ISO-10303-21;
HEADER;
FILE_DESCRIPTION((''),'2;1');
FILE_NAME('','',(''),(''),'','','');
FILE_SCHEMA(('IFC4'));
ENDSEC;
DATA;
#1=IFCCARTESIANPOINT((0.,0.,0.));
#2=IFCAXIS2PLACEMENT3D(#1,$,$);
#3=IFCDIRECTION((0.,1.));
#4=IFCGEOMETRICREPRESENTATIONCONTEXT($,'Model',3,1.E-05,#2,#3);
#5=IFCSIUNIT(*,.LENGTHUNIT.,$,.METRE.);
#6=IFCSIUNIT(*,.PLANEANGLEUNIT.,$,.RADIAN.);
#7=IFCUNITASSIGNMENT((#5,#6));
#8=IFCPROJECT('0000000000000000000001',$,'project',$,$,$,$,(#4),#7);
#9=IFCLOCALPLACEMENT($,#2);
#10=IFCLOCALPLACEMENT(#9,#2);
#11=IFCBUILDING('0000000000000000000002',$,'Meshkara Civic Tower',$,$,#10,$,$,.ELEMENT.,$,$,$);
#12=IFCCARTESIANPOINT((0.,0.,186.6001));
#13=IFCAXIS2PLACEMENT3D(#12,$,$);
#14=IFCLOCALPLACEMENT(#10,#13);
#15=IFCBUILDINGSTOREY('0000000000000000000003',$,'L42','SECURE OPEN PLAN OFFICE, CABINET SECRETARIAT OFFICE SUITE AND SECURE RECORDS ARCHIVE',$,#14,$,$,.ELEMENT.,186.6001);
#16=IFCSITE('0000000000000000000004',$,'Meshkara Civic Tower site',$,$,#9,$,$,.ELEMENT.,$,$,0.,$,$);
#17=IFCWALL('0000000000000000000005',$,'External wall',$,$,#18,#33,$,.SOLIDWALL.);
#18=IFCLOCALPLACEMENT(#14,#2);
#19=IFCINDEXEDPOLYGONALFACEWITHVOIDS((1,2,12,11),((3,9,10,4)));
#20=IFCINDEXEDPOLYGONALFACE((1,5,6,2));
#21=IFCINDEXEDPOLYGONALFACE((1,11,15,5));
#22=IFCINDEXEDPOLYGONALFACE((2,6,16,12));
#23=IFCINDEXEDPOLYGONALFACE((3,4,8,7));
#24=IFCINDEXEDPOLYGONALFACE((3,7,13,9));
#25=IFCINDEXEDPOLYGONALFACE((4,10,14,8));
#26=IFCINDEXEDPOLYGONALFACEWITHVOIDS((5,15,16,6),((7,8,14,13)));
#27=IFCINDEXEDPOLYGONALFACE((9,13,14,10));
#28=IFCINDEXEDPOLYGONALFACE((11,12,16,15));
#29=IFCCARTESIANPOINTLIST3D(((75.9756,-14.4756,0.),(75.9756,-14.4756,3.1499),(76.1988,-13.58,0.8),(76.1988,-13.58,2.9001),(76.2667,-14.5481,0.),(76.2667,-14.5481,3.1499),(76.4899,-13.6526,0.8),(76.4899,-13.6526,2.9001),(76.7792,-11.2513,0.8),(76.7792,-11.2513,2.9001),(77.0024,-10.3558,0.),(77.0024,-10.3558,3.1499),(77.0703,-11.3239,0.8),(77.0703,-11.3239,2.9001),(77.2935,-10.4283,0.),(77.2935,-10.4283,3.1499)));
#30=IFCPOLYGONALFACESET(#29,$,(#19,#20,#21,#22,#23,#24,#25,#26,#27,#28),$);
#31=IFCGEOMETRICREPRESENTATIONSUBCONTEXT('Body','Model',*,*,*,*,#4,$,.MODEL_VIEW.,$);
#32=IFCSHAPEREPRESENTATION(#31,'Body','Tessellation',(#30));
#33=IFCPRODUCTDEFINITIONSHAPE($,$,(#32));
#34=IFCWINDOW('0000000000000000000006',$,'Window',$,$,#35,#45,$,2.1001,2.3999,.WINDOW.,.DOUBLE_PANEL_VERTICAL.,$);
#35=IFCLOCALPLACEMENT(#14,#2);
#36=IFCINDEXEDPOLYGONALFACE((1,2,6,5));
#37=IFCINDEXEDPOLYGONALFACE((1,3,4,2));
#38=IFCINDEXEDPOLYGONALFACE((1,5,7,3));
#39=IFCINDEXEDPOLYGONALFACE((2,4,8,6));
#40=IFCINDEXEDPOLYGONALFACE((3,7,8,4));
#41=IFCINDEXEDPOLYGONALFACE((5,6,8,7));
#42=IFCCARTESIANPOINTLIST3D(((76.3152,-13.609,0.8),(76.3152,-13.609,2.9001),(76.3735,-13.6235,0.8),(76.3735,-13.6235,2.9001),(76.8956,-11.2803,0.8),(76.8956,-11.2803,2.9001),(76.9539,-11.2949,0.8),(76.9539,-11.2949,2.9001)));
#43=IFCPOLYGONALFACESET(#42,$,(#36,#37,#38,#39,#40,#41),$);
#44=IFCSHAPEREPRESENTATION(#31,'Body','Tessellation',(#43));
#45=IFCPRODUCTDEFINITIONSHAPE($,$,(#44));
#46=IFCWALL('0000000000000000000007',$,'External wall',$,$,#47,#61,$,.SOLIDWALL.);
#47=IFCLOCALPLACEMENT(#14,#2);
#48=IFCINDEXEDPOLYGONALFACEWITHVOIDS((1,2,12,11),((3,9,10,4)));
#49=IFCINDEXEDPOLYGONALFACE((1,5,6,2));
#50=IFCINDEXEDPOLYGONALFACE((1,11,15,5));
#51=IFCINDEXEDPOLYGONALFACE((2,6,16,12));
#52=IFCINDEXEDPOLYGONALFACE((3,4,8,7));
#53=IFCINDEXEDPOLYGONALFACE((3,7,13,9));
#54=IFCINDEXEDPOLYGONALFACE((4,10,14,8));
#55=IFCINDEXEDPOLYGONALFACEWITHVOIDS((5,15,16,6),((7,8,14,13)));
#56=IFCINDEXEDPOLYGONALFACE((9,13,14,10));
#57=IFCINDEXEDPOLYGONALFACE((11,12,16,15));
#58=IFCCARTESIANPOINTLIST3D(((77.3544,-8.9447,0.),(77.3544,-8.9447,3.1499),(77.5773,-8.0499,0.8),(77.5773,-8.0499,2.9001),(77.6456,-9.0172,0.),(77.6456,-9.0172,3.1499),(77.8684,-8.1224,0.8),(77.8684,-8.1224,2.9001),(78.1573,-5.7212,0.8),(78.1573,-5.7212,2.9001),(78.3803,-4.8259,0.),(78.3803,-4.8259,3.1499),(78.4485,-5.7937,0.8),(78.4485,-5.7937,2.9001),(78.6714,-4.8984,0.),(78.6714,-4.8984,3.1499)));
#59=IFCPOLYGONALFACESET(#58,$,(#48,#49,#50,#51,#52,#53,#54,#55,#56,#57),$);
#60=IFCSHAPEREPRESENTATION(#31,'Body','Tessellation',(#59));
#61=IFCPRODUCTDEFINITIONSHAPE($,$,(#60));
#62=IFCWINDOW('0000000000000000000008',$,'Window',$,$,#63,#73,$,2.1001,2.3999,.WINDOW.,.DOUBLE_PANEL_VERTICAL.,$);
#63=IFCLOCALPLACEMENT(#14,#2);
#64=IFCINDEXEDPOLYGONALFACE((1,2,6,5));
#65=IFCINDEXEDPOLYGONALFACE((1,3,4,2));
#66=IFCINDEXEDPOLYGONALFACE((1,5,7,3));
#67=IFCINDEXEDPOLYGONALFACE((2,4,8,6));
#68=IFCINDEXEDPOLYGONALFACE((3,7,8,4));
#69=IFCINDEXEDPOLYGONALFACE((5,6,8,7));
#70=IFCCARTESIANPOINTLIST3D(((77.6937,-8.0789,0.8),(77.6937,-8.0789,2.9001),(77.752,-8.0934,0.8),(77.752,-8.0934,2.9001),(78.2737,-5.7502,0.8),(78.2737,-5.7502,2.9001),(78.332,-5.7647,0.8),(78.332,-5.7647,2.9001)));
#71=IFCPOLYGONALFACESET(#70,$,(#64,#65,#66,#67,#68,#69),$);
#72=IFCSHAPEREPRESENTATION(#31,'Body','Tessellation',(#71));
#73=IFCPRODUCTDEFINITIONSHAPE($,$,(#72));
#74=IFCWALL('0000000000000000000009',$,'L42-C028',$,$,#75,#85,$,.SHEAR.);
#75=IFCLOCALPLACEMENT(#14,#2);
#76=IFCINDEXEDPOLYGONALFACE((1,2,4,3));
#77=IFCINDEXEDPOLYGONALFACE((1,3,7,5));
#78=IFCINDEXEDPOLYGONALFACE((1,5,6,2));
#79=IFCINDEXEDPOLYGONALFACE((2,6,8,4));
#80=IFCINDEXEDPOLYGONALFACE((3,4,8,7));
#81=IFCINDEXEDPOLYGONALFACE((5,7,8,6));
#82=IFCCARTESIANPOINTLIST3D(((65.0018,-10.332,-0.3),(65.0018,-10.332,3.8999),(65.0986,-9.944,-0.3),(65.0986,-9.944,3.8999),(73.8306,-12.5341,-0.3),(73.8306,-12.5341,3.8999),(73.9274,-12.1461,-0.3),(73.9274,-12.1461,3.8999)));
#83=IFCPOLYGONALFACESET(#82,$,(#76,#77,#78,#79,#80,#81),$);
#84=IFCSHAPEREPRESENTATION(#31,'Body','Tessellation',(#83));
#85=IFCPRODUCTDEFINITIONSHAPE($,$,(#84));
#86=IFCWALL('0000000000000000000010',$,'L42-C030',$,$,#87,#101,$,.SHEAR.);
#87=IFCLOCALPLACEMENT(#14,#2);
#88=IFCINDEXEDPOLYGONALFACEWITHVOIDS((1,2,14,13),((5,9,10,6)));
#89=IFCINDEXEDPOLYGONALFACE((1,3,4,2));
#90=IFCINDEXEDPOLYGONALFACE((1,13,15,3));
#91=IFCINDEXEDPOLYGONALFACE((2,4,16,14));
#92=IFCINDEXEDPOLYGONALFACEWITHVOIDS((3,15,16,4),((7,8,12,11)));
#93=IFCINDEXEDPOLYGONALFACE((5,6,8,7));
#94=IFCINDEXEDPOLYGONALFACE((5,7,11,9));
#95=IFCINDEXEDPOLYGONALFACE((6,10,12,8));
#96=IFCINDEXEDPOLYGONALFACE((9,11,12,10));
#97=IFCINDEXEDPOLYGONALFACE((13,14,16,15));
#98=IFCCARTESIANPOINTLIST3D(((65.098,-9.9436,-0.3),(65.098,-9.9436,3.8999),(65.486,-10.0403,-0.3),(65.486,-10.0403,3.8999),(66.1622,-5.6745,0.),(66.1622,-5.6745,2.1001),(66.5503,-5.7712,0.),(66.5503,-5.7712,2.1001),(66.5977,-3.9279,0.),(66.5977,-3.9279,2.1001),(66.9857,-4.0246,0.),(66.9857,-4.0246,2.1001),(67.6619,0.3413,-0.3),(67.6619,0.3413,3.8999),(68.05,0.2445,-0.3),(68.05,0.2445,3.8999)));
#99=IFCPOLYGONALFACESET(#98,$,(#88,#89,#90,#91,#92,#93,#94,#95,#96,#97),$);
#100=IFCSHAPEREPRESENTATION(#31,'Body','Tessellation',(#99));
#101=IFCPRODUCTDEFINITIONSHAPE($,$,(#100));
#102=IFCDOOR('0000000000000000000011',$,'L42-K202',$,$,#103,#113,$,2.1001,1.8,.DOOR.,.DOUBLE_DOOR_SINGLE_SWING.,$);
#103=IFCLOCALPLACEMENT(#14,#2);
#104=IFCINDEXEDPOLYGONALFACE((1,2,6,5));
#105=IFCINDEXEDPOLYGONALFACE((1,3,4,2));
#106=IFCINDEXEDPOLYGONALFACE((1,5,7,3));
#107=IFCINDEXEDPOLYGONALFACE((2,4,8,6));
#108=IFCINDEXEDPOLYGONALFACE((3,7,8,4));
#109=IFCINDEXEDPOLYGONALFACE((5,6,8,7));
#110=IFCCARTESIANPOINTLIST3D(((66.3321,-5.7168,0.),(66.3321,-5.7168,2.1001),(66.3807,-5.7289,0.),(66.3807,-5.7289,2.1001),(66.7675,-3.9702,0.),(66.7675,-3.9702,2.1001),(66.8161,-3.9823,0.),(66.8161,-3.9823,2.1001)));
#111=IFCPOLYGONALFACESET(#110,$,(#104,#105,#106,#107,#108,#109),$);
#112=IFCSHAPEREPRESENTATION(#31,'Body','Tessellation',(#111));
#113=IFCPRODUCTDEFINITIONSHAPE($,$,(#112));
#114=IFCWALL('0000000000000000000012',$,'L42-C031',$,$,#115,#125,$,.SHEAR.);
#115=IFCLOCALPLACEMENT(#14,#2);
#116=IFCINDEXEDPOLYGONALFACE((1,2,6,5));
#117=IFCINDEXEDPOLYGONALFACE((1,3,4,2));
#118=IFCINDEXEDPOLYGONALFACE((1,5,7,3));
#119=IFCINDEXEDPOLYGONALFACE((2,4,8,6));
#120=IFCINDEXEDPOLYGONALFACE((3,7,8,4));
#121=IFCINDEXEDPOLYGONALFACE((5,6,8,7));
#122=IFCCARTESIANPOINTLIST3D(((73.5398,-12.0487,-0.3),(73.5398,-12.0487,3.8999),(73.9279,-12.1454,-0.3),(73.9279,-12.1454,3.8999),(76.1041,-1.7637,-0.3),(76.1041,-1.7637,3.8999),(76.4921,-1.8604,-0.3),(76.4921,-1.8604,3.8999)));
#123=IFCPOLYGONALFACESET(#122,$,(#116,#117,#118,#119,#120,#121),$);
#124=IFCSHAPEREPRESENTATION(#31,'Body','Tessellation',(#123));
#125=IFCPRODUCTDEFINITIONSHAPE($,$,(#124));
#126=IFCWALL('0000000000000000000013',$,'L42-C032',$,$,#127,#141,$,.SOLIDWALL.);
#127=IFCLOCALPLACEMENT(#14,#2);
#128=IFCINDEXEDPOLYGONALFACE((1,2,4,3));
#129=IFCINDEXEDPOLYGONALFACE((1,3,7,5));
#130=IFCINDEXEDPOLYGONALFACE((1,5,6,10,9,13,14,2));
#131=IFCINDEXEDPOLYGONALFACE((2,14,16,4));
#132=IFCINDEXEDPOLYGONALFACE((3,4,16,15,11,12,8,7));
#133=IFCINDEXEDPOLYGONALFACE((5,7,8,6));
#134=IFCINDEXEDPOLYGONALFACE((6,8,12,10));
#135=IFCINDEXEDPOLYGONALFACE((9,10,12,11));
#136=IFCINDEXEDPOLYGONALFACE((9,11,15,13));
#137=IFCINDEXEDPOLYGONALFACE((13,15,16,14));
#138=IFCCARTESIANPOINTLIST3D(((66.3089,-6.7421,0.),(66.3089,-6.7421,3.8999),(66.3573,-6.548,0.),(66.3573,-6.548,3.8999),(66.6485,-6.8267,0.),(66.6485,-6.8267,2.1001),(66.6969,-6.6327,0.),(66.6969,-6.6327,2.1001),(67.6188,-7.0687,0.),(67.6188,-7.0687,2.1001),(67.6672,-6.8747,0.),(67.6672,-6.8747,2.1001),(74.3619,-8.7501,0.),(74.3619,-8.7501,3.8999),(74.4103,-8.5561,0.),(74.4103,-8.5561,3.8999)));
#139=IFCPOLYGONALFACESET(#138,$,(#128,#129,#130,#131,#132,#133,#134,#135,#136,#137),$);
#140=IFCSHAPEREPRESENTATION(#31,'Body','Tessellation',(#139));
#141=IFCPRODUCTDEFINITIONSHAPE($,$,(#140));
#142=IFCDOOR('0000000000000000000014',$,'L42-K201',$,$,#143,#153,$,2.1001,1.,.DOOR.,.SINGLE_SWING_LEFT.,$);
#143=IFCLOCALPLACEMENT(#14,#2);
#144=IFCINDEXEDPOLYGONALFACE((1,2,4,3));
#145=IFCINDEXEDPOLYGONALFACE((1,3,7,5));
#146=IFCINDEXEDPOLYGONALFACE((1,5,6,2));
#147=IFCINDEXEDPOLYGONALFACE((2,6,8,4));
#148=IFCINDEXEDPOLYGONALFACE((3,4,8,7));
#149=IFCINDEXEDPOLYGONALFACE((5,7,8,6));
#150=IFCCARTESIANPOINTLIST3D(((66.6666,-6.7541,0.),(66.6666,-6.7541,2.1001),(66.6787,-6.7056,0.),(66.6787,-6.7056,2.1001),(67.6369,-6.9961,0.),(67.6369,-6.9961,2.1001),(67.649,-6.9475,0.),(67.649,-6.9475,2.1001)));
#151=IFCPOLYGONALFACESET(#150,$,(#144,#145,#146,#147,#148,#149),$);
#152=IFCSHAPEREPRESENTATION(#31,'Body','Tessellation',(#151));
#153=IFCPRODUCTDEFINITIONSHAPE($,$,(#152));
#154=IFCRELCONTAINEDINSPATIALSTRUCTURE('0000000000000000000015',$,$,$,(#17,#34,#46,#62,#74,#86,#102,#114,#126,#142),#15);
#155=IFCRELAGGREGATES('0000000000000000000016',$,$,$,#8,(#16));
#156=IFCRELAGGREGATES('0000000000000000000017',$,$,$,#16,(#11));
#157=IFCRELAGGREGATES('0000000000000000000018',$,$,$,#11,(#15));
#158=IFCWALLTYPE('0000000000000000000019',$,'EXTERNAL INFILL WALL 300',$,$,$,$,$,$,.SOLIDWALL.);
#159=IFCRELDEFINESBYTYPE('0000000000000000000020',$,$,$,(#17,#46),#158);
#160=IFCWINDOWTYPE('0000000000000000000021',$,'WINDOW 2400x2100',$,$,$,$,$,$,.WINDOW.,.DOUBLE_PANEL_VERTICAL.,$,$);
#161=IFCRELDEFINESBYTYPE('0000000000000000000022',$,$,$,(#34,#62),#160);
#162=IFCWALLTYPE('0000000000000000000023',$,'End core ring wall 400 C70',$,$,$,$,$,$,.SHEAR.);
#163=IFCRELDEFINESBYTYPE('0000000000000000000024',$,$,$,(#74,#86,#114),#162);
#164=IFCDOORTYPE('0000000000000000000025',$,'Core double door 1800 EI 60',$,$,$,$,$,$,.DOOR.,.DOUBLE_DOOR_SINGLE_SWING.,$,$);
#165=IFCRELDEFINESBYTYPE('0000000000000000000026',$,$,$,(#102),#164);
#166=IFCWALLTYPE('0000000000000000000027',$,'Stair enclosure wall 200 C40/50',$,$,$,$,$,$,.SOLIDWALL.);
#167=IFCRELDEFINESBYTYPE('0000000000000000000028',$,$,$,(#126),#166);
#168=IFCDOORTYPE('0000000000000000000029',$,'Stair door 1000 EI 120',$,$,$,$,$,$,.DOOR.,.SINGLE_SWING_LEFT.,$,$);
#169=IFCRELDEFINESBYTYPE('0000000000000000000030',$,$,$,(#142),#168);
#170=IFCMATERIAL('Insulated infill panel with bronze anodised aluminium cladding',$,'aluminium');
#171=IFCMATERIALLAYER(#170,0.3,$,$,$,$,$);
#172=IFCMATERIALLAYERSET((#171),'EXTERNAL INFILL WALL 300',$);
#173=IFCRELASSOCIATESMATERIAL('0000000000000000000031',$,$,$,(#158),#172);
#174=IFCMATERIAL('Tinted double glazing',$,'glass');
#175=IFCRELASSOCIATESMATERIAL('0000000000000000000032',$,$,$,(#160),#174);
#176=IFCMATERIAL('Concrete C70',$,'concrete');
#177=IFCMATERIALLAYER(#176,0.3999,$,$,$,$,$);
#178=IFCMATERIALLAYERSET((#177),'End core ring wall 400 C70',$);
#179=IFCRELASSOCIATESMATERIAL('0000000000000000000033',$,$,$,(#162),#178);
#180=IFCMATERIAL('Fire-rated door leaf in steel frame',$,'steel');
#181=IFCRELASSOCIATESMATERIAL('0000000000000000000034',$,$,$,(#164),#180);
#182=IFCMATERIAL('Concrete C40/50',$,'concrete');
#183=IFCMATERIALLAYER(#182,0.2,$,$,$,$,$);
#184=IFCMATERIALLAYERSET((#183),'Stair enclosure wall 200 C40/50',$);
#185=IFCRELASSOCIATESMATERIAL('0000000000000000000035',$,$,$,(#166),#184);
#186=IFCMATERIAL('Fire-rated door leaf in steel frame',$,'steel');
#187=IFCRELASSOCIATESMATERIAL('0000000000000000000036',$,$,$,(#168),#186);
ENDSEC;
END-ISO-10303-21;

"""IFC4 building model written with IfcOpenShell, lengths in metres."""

from ifc_helpers import new_model, si_unit, direction, frame, frame_2d, origin, place, context, subcontext, project, spatial, rectangle, extrude, material, layer, layer_set, type_object, element, fill, save


model = new_model("IFC4")

# Units and contexts
model_context = context("Model", 3, precision=1e-05, world=origin(), true_north=direction((0.0, 1.0)))
body_context = subcontext(model_context, "Body", "Model", "MODEL_VIEW")
ifc_project = project(units=[si_unit("LENGTHUNIT", "METRE"), si_unit("PLANEANGLEUNIT", "RADIAN")], contexts=[model_context])

# Site, building, storey
site_placement = place(None, origin())
site = spatial("IfcSite", under=ifc_project, at=site_placement, Name="Meshkara Civic Tower site", CompositionType="ELEMENT", RefElevation=0.0)
building_placement = place(site_placement, origin())
building = spatial("IfcBuilding", under=site, at=building_placement, Name="Meshkara Civic Tower", CompositionType="ELEMENT")
storey_placement = place(building_placement, frame((0.0, 0.0, 186.6001)))
storey = spatial("IfcBuildingStorey", under=building, at=storey_placement, Name="L42", Description="SECURE OPEN PLAN OFFICE, CABINET SECRETARIAT OFFICE SUITE AND SECURE RECORDS ARCHIVE", CompositionType="ELEMENT", Elevation=186.6001)

# Walls, openings, windows
ifc_material_1 = material(Name="Insulated infill panel with bronze anodised aluminium cladding", Category="aluminium")
ifc_layer_1 = layer(ifc_material_1, 0.3)
ifc_layer_set_1 = layer_set([ifc_layer_1], Name="EXTERNAL INFILL WALL 300")
wall_type_1 = type_object("IfcWallType", Name="EXTERNAL INFILL WALL 300", PredefinedType="SOLIDWALL", material=ifc_layer_set_1)
ifc_material_2 = material(Name="Tinted double glazing", Category="glass")
window_type_1 = type_object("IfcWindowType", Name="WINDOW 2400x2100", PartitioningType="DOUBLE_PANEL_VERTICAL", PredefinedType="WINDOW", material=ifc_material_2)
wall_1_placement = place(storey_placement, frame((76.1211, -14.512, 0.0), z_axis=(0.0, 0.0, 1.0), x_axis=(0.241846, 0.970315, 0.0)))
wall_1 = element("IfcWall", 1, at=wall_1_placement, inside=storey, type_object=wall_type_1, Name="External wall", PredefinedType="SOLIDWALL", context=body_context, shape_type="SweptSolid", body=[
    extrude(rectangle(XDim=4.2458, YDim=0.3, at=frame_2d((2.123, 0.0))), origin(), (0.0, 0.0, 1.0), 3.1499),
])
opening_1_placement = place(wall_1_placement, frame((0.9231, 0.0, 0.8)))
opening_1 = element("IfcOpeningElement", 2, at=opening_1_placement, cuts=wall_1, PredefinedType="OPENING", context=body_context, shape_type="SweptSolid", body=[
    extrude(rectangle(XDim=2.3999, YDim=2.1001, at=frame_2d((1.2, 1.05))), frame((0.0, 0.1599, 0.0), z_axis=(0.0, -1.0, 0.0), x_axis=(1.0, 0.0, 0.0)), (0.0, 0.0, 1.0), 0.3201),
])
window_1_placement = place(opening_1_placement, origin())
window_1 = element("IfcWindow", 3, at=window_1_placement, inside=storey, type_object=window_type_1, Name="Window", OverallHeight=2.1001, OverallWidth=2.3999, PartitioningType="DOUBLE_PANEL_VERTICAL", PredefinedType="WINDOW", context=body_context, shape_type="SweptSolid", body=[
    extrude(rectangle(XDim=2.3999, YDim=2.1001, at=frame_2d((1.2, 1.05))), frame((0.0, 0.03, 0.0), z_axis=(0.0, -1.0, 0.0), x_axis=(1.0, 0.0, 0.0)), (0.0, 0.0, 1.0), 0.0601),
])
fill(opening_1, window_1)
wall_2_placement = place(storey_placement, frame((77.5, -8.981, 0.0), z_axis=(0.0, 0.0, 1.0), x_axis=(0.241683, 0.970355, 0.0)))
wall_2 = element("IfcWall", 4, at=wall_2_placement, inside=storey, type_object=wall_type_1, Name="External wall", PredefinedType="SOLIDWALL", context=body_context, shape_type="SweptSolid", body=[
    extrude(rectangle(XDim=4.2446, YDim=0.3, at=frame_2d((2.1223, 0.0))), origin(), (0.0, 0.0, 1.0), 3.1499),
])
opening_2_placement = place(wall_2_placement, frame((0.9221, 0.0, 0.8)))
opening_2 = element("IfcOpeningElement", 5, at=opening_2_placement, cuts=wall_2, PredefinedType="OPENING", context=body_context, shape_type="SweptSolid", body=[
    extrude(rectangle(XDim=2.3999, YDim=2.1001, at=frame_2d((1.2, 1.05))), frame((0.0, 0.1599, 0.0), z_axis=(0.0, -1.0, 0.0), x_axis=(1.0, 0.0, 0.0)), (0.0, 0.0, 1.0), 0.3201),
])
window_2_placement = place(opening_2_placement, origin())
window_2 = element("IfcWindow", 6, at=window_2_placement, inside=storey, type_object=window_type_1, Name="Window", OverallHeight=2.1001, OverallWidth=2.3999, PartitioningType="DOUBLE_PANEL_VERTICAL", PredefinedType="WINDOW", context=body_context, shape_type="SweptSolid", body=[
    extrude(rectangle(XDim=2.3999, YDim=2.1001, at=frame_2d((1.2, 1.05))), frame((0.0, 0.03, 0.0), z_axis=(0.0, -1.0, 0.0), x_axis=(1.0, 0.0, 0.0)), (0.0, 0.0, 1.0), 0.0601),
])
fill(opening_2, window_2)

# Wall
ifc_material_3 = material(Name="Concrete C70", Category="concrete")
ifc_layer_2 = layer(ifc_material_3, 0.3999)
ifc_layer_set_2 = layer_set([ifc_layer_2], Name="End core ring wall 400 C70")
wall_type_2 = type_object("IfcWallType", Name="End core ring wall 400 C70", PredefinedType="SHEAR", material=ifc_layer_set_2)
wall_3_placement = place(storey_placement, frame((65.05, -10.1379, -0.3), z_axis=(0.0, 0.0, 1.0), x_axis=(0.970273, -0.242012, 0.0)))
element("IfcWall", 7, at=wall_3_placement, inside=storey, type_object=wall_type_2, Name="L42-C028", PredefinedType="SHEAR", context=body_context, shape_type="SweptSolid", body=[
    extrude(rectangle(XDim=9.0994, YDim=0.3999, at=frame_2d((4.5498, 0.0))), origin(), (0.0, 0.0, 1.0), 4.2),
])

# Wall, opening, door
wall_4_placement = place(storey_placement, frame((65.292, -9.9919, -0.3), z_axis=(0.0, 0.0, 1.0), x_axis=(0.241891, 0.970304, 0.0)))
wall_4 = element("IfcWall", 8, at=wall_4_placement, inside=storey, type_object=wall_type_2, Name="L42-C030", PredefinedType="SHEAR", context=body_context, shape_type="SweptSolid", body=[
    extrude(rectangle(XDim=10.5996, YDim=0.3999, at=frame_2d((5.2998, 0.0))), origin(), (0.0, 0.0, 1.0), 4.2),
])
opening_3_placement = place(wall_4_placement, frame((4.3999, 0.0, 0.3)))
opening_3 = element("IfcOpeningElement", 9, at=opening_3_placement, cuts=wall_4, PredefinedType="OPENING", context=body_context, shape_type="SweptSolid", body=[
    extrude(rectangle(XDim=1.8, YDim=2.1001, at=frame_2d((0.8999, 1.05))), frame((0.0, 0.21, 0.0), z_axis=(0.0, -1.0, 0.0), x_axis=(1.0, 0.0, 0.0)), (0.0, 0.0, 1.0), 0.4199),
])
ifc_material_4 = material(Name="Fire-rated door leaf in steel frame", Category="steel")
door_type_1 = type_object("IfcDoorType", Name="Core double door 1800 EI 60", OperationType="DOUBLE_DOOR_SINGLE_SWING", PredefinedType="DOOR", material=ifc_material_4)
door_1_placement = place(opening_3_placement, origin())
door_1 = element("IfcDoor", 10, at=door_1_placement, inside=storey, type_object=door_type_1, Name="L42-K202", OperationType="DOUBLE_DOOR_SINGLE_SWING", OverallHeight=2.1001, OverallWidth=1.8, PredefinedType="DOOR", context=body_context, shape_type="SweptSolid", body=[
    extrude(rectangle(XDim=1.8, YDim=2.1001, at=frame_2d((0.8999, 1.05))), frame((0.0, 0.0249, 0.0), z_axis=(0.0, -1.0, 0.0), x_axis=(1.0, 0.0, 0.0)), (0.0, 0.0, 1.0), 0.05),
])
fill(opening_3, door_1)

# Wall
wall_5_placement = place(storey_placement, frame((73.7339, -12.0969, -0.3), z_axis=(0.0, 0.0, 1.0), x_axis=(0.241912, 0.970298, 0.0)))
element("IfcWall", 11, at=wall_5_placement, inside=storey, type_object=wall_type_2, Name="L42-C031", PredefinedType="SHEAR", context=body_context, shape_type="SweptSolid", body=[
    extrude(rectangle(XDim=10.5999, YDim=0.3999, at=frame_2d((5.2998, 0.0))), origin(), (0.0, 0.0, 1.0), 4.2),
])

# Wall, opening, door
ifc_material_5 = material(Name="Concrete C40/50", Category="concrete")
ifc_layer_3 = layer(ifc_material_5, 0.2)
ifc_layer_set_3 = layer_set([ifc_layer_3], Name="Stair enclosure wall 200 C40/50")
wall_type_3 = type_object("IfcWallType", Name="Stair enclosure wall 200 C40/50", PredefinedType="SOLIDWALL", material=ifc_layer_set_3)
wall_6_placement = place(storey_placement, frame((66.333, -6.645, 0.0), z_axis=(0.0, 0.0, 1.0), x_axis=(0.970289, -0.241947, 0.0)))
wall_6 = element("IfcWall", 12, at=wall_6_placement, inside=storey, type_object=wall_type_3, Name="L42-C032", PredefinedType="SOLIDWALL", context=body_context, shape_type="SweptSolid", body=[
    extrude(rectangle(XDim=8.2996, YDim=0.2, at=frame_2d((4.1499, 0.0))), origin(), (0.0, 0.0, 1.0), 3.8999),
])
opening_4_placement = place(wall_6_placement, frame((0.3501, 0.0, 0.0)))
opening_4 = element("IfcOpeningElement", 13, at=opening_4_placement, cuts=wall_6, PredefinedType="OPENING", context=body_context, shape_type="SweptSolid", body=[
    extrude(rectangle(XDim=1.0, YDim=2.1001, at=frame_2d((0.5, 1.05))), frame((0.0, 0.1099, 0.0), z_axis=(0.0, -1.0, 0.0), x_axis=(1.0, 0.0, 0.0)), (0.0, 0.0, 1.0), 0.22),
])
ifc_material_6 = material(Name="Fire-rated door leaf in steel frame", Category="steel")
door_type_2 = type_object("IfcDoorType", Name="Stair door 1000 EI 120", OperationType="SINGLE_SWING_LEFT", PredefinedType="DOOR", material=ifc_material_6)
door_2_placement = place(opening_4_placement, origin())
door_2 = element("IfcDoor", 14, at=door_2_placement, inside=storey, type_object=door_type_2, Name="L42-K201", OperationType="SINGLE_SWING_LEFT", OverallHeight=2.1001, OverallWidth=1.0, PredefinedType="DOOR", context=body_context, shape_type="SweptSolid", body=[
    extrude(rectangle(XDim=1.0, YDim=2.1001, at=frame_2d((0.5, 1.05))), frame((0.0, 0.0249, 0.0), z_axis=(0.0, -1.0, 0.0), x_axis=(1.0, 0.0, 0.0)), (0.0, 0.0, 1.0), 0.05),
])
fill(opening_4, door_2)

save(model, "model.ifc")
